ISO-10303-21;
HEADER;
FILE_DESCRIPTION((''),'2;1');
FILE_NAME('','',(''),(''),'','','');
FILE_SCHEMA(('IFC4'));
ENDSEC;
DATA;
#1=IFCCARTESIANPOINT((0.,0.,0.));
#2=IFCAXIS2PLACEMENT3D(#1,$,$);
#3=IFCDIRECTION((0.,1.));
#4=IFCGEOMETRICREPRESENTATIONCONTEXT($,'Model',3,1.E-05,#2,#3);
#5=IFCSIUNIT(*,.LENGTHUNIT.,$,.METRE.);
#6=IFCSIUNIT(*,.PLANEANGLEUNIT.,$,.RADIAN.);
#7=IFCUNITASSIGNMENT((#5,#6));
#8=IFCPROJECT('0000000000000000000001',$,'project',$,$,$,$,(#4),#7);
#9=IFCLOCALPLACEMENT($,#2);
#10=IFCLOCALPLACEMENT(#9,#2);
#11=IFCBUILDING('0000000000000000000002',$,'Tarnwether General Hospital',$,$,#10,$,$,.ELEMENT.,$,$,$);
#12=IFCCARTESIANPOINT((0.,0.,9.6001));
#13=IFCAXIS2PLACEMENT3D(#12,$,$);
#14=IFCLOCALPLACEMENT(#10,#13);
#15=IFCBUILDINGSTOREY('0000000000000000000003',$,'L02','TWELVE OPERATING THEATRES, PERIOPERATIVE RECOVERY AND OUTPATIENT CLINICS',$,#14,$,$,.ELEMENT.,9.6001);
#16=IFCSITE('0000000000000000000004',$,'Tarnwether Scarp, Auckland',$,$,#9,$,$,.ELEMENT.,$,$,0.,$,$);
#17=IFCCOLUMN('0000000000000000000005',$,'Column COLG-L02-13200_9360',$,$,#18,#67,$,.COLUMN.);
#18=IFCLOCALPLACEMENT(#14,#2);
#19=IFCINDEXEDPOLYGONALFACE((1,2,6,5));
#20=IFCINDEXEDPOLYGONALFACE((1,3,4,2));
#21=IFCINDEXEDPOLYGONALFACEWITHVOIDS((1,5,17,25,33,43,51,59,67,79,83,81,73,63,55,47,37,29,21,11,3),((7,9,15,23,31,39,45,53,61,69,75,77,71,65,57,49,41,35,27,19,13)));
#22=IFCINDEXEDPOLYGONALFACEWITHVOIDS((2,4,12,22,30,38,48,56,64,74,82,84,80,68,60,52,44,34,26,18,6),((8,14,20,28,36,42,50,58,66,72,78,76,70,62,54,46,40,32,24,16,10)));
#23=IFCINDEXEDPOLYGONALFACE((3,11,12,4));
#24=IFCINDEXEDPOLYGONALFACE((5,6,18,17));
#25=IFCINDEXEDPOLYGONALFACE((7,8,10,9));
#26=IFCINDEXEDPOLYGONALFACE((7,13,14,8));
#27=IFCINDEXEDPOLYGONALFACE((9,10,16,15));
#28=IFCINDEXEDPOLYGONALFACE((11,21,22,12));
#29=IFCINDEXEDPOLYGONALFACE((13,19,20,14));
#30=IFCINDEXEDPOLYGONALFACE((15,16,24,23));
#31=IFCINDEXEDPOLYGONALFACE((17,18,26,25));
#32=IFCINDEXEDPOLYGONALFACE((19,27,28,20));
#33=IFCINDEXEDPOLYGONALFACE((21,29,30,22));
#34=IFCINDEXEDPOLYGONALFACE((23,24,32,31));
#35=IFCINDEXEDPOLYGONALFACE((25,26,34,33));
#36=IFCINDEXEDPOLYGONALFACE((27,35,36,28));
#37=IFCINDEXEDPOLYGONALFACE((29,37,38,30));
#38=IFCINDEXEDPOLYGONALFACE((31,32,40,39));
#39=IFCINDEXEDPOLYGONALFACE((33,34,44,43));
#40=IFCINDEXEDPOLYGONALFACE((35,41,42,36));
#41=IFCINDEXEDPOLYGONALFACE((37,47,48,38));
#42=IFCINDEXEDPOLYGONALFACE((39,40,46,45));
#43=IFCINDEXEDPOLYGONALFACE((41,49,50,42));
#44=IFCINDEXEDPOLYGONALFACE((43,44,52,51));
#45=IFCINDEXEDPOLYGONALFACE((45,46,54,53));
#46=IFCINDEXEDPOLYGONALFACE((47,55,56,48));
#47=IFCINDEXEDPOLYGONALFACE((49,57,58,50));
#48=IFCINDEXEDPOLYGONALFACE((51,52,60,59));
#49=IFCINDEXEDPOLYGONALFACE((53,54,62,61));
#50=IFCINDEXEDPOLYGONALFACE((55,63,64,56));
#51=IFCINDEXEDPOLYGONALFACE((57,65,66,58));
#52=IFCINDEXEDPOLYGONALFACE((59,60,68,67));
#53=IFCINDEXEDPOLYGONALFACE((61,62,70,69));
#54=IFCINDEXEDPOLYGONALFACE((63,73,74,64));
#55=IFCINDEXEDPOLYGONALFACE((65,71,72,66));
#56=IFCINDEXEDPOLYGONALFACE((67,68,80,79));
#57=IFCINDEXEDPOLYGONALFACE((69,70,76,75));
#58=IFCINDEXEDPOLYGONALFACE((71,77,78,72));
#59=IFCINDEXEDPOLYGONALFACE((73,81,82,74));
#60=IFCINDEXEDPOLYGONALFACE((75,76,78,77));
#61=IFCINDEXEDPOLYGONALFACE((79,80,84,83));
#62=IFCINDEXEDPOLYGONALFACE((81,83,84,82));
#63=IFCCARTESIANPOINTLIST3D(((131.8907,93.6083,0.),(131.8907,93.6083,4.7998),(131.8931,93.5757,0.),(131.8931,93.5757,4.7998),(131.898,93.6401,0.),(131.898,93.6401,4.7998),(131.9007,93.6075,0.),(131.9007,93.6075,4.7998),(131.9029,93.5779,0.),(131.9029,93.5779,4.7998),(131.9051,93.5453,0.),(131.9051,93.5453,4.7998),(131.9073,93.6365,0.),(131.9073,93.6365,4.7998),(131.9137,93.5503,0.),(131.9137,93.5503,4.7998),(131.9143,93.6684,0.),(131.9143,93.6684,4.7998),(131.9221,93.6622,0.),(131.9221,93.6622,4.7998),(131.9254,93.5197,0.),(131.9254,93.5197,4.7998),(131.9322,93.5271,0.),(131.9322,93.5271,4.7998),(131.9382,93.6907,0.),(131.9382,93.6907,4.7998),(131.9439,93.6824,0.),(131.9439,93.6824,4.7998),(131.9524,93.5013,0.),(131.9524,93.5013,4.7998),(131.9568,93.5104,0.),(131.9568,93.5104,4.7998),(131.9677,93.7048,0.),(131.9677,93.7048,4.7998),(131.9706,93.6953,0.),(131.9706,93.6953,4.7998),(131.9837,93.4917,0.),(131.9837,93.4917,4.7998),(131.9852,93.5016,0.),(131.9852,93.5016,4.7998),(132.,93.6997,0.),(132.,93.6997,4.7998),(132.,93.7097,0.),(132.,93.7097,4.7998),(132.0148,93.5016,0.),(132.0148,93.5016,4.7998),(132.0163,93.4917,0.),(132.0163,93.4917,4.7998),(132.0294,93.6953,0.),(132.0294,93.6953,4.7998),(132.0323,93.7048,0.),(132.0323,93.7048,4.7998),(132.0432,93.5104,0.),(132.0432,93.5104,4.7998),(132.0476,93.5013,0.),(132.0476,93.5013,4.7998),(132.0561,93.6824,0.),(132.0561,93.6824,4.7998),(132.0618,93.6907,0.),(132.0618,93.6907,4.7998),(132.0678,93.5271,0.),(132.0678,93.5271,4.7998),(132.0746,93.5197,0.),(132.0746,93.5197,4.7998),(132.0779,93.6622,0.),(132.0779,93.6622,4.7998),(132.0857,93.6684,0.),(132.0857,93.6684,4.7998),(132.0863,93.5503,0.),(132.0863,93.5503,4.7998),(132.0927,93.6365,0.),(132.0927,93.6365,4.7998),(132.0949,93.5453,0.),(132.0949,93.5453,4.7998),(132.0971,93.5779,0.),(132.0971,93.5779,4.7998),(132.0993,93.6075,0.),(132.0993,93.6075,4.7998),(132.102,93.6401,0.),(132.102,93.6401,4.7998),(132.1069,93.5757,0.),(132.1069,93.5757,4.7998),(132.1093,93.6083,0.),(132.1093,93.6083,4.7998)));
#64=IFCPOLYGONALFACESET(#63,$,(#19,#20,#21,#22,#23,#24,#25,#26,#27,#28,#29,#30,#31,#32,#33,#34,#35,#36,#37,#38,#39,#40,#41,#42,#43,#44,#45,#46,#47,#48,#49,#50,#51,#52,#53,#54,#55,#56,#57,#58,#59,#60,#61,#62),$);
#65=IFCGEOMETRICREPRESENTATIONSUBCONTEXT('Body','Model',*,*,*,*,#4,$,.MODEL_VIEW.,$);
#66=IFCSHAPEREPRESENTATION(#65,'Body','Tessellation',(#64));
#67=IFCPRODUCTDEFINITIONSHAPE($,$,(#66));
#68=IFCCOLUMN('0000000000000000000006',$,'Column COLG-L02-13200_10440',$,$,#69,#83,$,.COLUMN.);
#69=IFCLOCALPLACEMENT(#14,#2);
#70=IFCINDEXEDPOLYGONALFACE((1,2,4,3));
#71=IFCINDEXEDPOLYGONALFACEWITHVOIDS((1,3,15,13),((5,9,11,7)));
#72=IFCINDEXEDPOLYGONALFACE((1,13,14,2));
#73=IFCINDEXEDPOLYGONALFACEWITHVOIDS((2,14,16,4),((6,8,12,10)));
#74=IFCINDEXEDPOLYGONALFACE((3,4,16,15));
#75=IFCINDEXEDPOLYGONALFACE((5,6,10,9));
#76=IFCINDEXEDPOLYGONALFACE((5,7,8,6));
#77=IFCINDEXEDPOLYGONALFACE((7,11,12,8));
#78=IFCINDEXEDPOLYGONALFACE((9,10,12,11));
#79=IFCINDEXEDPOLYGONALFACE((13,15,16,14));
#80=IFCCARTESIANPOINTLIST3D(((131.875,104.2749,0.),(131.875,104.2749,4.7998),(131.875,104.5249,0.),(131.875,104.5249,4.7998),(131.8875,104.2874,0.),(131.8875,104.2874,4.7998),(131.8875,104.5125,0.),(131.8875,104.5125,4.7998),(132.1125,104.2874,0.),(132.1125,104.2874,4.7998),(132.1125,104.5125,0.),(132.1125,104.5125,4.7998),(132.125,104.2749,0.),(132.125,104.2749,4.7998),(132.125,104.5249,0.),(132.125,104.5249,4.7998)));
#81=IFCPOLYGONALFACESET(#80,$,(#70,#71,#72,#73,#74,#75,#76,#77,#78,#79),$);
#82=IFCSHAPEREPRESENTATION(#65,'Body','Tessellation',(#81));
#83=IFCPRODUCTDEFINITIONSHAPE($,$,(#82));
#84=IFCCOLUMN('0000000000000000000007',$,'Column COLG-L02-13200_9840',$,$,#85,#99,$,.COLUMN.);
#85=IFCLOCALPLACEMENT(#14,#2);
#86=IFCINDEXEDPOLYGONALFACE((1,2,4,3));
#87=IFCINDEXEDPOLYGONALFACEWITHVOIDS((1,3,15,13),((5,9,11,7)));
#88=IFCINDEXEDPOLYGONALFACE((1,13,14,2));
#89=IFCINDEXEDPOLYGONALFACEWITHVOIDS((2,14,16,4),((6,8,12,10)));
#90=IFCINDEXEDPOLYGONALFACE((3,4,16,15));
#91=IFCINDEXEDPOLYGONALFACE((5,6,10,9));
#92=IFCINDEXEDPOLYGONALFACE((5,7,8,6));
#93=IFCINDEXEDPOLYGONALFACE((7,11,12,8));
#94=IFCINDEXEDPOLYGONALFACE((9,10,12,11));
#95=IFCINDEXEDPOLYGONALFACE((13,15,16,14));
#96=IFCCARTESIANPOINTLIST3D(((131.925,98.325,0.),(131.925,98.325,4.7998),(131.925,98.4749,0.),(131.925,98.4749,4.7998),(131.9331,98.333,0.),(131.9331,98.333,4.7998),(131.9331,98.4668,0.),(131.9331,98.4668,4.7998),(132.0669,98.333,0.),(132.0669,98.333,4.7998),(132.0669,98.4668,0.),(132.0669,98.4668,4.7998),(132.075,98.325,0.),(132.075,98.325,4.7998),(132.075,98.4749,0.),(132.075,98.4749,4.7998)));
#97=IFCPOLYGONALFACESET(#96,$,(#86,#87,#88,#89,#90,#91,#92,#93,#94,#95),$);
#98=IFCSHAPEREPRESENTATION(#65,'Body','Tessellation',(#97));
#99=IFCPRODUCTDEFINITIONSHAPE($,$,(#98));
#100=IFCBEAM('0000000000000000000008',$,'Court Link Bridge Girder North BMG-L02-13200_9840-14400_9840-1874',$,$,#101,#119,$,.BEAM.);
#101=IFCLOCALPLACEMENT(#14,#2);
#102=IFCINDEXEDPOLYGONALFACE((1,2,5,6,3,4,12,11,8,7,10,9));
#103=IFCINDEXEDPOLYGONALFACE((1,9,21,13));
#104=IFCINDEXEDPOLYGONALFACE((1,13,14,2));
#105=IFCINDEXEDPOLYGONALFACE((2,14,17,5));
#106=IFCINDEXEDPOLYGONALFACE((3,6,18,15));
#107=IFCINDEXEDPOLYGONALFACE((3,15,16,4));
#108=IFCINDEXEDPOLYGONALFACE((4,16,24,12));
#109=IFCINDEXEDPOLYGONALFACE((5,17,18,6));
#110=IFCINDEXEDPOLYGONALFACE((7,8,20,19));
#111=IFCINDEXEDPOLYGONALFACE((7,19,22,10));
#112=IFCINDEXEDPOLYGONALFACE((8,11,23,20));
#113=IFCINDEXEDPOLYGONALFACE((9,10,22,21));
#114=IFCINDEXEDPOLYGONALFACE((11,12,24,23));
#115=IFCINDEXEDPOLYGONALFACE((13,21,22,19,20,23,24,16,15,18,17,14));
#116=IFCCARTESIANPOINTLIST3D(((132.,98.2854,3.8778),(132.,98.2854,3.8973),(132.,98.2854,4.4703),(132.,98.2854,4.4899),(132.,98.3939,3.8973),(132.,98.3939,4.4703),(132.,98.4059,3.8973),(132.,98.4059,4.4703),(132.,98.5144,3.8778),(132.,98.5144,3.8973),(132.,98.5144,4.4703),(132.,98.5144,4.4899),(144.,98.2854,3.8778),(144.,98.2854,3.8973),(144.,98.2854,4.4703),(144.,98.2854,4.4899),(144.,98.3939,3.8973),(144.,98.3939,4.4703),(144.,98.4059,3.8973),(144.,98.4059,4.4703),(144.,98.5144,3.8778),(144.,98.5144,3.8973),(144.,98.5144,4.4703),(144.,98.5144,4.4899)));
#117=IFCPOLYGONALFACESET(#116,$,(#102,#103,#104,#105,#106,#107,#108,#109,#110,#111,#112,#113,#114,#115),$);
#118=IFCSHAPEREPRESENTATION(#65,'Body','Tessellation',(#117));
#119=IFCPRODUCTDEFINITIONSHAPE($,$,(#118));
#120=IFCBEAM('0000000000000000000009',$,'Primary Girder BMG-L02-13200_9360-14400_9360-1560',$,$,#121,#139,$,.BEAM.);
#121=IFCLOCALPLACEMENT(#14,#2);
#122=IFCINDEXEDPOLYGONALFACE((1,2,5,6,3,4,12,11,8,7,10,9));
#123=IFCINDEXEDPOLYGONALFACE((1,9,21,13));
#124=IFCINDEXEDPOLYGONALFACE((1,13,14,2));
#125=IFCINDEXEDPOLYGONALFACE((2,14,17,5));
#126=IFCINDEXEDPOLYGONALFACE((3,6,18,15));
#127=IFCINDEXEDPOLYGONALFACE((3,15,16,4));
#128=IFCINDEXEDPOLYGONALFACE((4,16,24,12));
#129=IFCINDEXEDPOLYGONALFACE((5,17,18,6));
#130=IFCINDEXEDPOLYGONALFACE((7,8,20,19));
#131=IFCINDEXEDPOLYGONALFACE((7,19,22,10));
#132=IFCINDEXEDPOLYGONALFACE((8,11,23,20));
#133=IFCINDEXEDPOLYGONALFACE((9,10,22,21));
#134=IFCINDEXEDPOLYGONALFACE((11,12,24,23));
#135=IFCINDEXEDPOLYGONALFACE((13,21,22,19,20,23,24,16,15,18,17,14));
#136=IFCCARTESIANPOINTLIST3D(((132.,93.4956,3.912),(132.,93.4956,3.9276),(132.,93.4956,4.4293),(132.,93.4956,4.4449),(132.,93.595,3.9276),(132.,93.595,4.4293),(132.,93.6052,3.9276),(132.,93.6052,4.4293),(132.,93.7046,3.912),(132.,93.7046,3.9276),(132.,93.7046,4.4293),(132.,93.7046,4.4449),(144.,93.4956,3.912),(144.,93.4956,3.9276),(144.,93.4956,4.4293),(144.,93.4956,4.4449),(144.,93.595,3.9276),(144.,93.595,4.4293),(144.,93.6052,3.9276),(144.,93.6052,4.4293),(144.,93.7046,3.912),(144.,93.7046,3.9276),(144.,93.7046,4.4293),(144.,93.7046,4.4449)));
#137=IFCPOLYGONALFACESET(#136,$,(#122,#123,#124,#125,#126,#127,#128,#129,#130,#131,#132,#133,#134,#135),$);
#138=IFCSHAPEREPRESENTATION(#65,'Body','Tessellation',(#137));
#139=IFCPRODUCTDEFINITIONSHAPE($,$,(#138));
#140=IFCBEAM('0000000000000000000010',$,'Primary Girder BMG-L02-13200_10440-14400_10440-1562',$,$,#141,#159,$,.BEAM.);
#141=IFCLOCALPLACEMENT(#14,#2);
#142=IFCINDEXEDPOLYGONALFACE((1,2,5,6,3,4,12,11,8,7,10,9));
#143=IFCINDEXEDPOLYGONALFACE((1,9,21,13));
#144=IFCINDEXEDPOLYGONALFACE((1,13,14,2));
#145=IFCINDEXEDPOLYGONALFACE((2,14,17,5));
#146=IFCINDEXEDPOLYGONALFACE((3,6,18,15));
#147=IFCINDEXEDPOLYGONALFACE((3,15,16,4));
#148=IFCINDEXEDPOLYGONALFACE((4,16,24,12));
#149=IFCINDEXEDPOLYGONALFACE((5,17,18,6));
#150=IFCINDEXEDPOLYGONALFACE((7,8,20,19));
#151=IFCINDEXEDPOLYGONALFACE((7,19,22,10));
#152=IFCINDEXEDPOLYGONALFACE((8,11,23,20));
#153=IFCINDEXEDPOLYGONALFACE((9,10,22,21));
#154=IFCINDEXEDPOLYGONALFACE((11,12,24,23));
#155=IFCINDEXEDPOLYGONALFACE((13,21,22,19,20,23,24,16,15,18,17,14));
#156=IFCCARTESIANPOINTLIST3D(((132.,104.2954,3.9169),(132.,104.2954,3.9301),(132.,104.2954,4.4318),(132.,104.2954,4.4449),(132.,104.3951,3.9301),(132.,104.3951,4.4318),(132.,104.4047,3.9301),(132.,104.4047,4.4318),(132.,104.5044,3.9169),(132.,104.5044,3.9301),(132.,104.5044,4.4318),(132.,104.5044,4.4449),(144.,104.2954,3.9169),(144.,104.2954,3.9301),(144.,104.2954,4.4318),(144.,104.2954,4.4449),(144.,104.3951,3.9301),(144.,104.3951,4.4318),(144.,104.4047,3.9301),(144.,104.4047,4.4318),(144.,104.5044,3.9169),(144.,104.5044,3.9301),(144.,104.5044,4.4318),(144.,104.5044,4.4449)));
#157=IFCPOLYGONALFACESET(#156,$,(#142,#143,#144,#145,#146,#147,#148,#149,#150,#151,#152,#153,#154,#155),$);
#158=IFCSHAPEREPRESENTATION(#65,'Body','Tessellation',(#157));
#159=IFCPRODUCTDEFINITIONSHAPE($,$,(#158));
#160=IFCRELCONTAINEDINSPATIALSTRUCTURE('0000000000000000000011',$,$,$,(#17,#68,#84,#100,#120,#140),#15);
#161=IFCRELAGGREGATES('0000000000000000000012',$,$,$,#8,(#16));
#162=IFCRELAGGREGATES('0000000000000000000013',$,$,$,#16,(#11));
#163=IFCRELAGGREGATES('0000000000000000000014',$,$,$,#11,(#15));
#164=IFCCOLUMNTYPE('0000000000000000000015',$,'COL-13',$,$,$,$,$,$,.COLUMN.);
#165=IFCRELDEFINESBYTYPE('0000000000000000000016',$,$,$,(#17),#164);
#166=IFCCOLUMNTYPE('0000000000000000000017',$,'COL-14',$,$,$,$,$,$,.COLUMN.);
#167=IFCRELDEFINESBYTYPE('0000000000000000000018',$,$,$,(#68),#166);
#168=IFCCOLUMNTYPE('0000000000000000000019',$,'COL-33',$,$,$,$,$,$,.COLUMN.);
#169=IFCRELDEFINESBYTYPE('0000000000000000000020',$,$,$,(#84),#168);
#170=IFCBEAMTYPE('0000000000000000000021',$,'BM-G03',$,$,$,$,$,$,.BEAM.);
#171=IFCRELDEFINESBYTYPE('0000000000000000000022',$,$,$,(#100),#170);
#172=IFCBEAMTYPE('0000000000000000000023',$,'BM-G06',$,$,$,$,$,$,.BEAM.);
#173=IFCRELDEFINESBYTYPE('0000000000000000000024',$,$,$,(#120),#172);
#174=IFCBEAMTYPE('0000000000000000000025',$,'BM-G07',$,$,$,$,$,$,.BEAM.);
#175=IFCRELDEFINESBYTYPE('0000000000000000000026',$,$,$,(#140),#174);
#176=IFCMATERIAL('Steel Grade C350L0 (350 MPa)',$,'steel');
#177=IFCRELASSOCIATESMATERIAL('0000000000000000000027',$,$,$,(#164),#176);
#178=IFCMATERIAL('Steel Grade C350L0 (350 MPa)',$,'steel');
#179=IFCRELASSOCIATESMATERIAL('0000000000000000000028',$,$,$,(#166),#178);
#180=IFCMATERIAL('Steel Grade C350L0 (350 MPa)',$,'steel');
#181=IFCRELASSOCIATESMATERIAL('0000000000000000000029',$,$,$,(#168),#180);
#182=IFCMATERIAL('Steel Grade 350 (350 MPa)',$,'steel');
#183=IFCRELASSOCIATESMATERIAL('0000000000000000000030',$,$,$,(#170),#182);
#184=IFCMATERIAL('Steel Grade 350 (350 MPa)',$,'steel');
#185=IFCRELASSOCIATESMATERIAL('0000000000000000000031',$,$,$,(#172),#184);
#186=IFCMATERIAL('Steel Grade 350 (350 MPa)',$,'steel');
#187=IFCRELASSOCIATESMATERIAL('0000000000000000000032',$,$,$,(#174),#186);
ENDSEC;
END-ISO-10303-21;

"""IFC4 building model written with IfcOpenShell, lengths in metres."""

from ifc_helpers import new_model, si_unit, direction, frame, origin, origin_2d, place, context, subcontext, project, spatial, hollow_rectangle, hollow_circle, i_section, extrude, material, material_profile, profile_set, type_object, element, save


model = new_model("IFC4")

# Units and contexts
model_context = context("Model", 3, precision=1e-05, world=origin(), true_north=direction((0.0, 1.0)))
body_context = subcontext(model_context, "Body", "Model", "MODEL_VIEW")
ifc_project = project(units=[si_unit("LENGTHUNIT", "METRE"), si_unit("PLANEANGLEUNIT", "RADIAN")], contexts=[model_context])

# Site, building, storey
site_placement = place(None, origin())
site = spatial("IfcSite", under=ifc_project, at=site_placement, Name="Tarnwether Scarp, Auckland", CompositionType="ELEMENT", RefElevation=0.0)
building_placement = place(site_placement, origin())
building = spatial("IfcBuilding", under=site, at=building_placement, Name="Tarnwether General Hospital", CompositionType="ELEMENT")
storey_placement = place(building_placement, frame((0.0, 0.0, 9.6001)))
storey = spatial("IfcBuildingStorey", under=building, at=storey_placement, Name="L02", Description="TWELVE OPERATING THEATRES, PERIOPERATIVE RECOVERY AND OUTPATIENT CLINICS", CompositionType="ELEMENT", Elevation=9.6001)

# Columns
ifc_material_1 = material(Name="Steel Grade C350L0 (350 MPa)", Category="steel")
ifc_material_profile_1 = material_profile(ifc_material_1, hollow_circle(Radius=0.1096, WallThickness=0.01, at=origin_2d()), Name="CHS219.1x10.0")
ifc_profile_set_1 = profile_set([ifc_material_profile_1], Name="Steel Grade C350L0 (350 MPa)")
column_type_1 = type_object("IfcColumnType", Name="COL-13", PredefinedType="COLUMN", material=ifc_profile_set_1)
column_1_placement = place(storey_placement, frame((132.0, 93.6001, 0.0), z_axis=(0.0, 0.0, 1.0), x_axis=(0.0, 1.0, 0.0)))
element("IfcColumn", 1, at=column_1_placement, inside=storey, type_object=column_type_1, Name="Column COLG-L02-13200_9360", PredefinedType="COLUMN", context=body_context, shape_type="SweptSolid", body=[
    extrude(hollow_circle(Radius=0.1096, WallThickness=0.01, at=origin_2d()), origin(), (0.0, 0.0, 1.0), 4.7998),
])
ifc_material_2 = material(Name="Steel Grade C350L0 (350 MPa)", Category="steel")
ifc_material_profile_2 = material_profile(ifc_material_2, hollow_rectangle(XDim=0.25, YDim=0.25, WallThickness=0.0125, at=origin_2d()), Name="SHS250x250x12.5")
ifc_profile_set_2 = profile_set([ifc_material_profile_2], Name="Steel Grade C350L0 (350 MPa)")
column_type_2 = type_object("IfcColumnType", Name="COL-14", PredefinedType="COLUMN", material=ifc_profile_set_2)
column_2_placement = place(storey_placement, frame((132.0, 104.3999, 0.0), z_axis=(0.0, 0.0, 1.0), x_axis=(0.0, 1.0, 0.0)))
element("IfcColumn", 2, at=column_2_placement, inside=storey, type_object=column_type_2, Name="Column COLG-L02-13200_10440", PredefinedType="COLUMN", context=body_context, shape_type="SweptSolid", body=[
    extrude(hollow_rectangle(XDim=0.25, YDim=0.25, WallThickness=0.0125, at=origin_2d()), origin(), (0.0, 0.0, 1.0), 4.7998),
])
ifc_material_3 = material(Name="Steel Grade C350L0 (350 MPa)", Category="steel")
ifc_material_profile_3 = material_profile(ifc_material_3, hollow_rectangle(XDim=0.1499, YDim=0.1499, WallThickness=0.0081, at=origin_2d()), Name="SHS150x150x8")
ifc_profile_set_3 = profile_set([ifc_material_profile_3], Name="Steel Grade C350L0 (350 MPa)")
column_type_3 = type_object("IfcColumnType", Name="COL-33", PredefinedType="COLUMN", material=ifc_profile_set_3)
column_3_placement = place(storey_placement, frame((132.0, 98.3999, 0.0), z_axis=(0.0, 0.0, 1.0), x_axis=(1.0, 0.0, 0.0)))
element("IfcColumn", 3, at=column_3_placement, inside=storey, type_object=column_type_3, Name="Column COLG-L02-13200_9840", PredefinedType="COLUMN", context=body_context, shape_type="SweptSolid", body=[
    extrude(hollow_rectangle(XDim=0.1499, YDim=0.1499, WallThickness=0.0081, at=origin_2d()), origin(), (0.0, 0.0, 1.0), 4.7998),
])

# Beams
ifc_material_4 = material(Name="Steel Grade 350 (350 MPa)", Category="steel")
ifc_material_profile_4 = material_profile(ifc_material_4, i_section(OverallWidth=0.229, OverallDepth=0.6121, WebThickness=0.012, FlangeThickness=0.0195, at=origin_2d()), Name="610UB125")
ifc_profile_set_4 = profile_set([ifc_material_profile_4], Name="Steel Grade 350 (350 MPa)")
beam_type_1 = type_object("IfcBeamType", Name="BM-G03", PredefinedType="BEAM", material=ifc_profile_set_4)
beam_1_placement = place(storey_placement, frame((132.0, 98.3999, 4.1838), z_axis=(1.0, 0.0, 0.0), x_axis=(0.0, 1.0, 0.0)))
element("IfcBeam", 4, at=beam_1_placement, inside=storey, type_object=beam_type_1, Name="Court Link Bridge Girder North BMG-L02-13200_9840-14400_9840-1874", PredefinedType="BEAM", context=body_context, shape_type="SweptSolid", body=[
    extrude(i_section(OverallWidth=0.229, OverallDepth=0.6121, WebThickness=0.012, FlangeThickness=0.0195, at=origin_2d()), origin(), (0.0, 0.0, 1.0), 12.0),
])
ifc_material_5 = material(Name="Steel Grade 350 (350 MPa)", Category="steel")
ifc_material_profile_5 = material_profile(ifc_material_5, i_section(OverallWidth=0.209, OverallDepth=0.533, WebThickness=0.0103, FlangeThickness=0.0156, at=origin_2d()), Name="530UB92.4")
ifc_profile_set_5 = profile_set([ifc_material_profile_5], Name="Steel Grade 350 (350 MPa)")
beam_type_2 = type_object("IfcBeamType", Name="BM-G06", PredefinedType="BEAM", material=ifc_profile_set_5)
beam_2_placement = place(storey_placement, frame((132.0, 93.6001, 4.1785), z_axis=(1.0, 0.0, 0.0), x_axis=(0.0, 1.0, 0.0)))
element("IfcBeam", 5, at=beam_2_placement, inside=storey, type_object=beam_type_2, Name="Primary Girder BMG-L02-13200_9360-14400_9360-1560", PredefinedType="BEAM", context=body_context, shape_type="SweptSolid", body=[
    extrude(i_section(OverallWidth=0.209, OverallDepth=0.533, WebThickness=0.0103, FlangeThickness=0.0156, at=origin_2d()), origin(), (0.0, 0.0, 1.0), 12.0),
])
ifc_material_6 = material(Name="Steel Grade 350 (350 MPa)", Category="steel")
ifc_material_profile_6 = material_profile(ifc_material_6, i_section(OverallWidth=0.209, OverallDepth=0.5281, WebThickness=0.0095, FlangeThickness=0.0132, at=origin_2d()), Name="530UB82.0")
ifc_profile_set_6 = profile_set([ifc_material_profile_6], Name="Steel Grade 350 (350 MPa)")
beam_type_3 = type_object("IfcBeamType", Name="BM-G07", PredefinedType="BEAM", material=ifc_profile_set_6)
beam_3_placement = place(storey_placement, frame((132.0, 104.3999, 4.1809), z_axis=(1.0, 0.0, 0.0), x_axis=(0.0, 1.0, 0.0)))
element("IfcBeam", 6, at=beam_3_placement, inside=storey, type_object=beam_type_3, Name="Primary Girder BMG-L02-13200_10440-14400_10440-1562", PredefinedType="BEAM", context=body_context, shape_type="SweptSolid", body=[
    extrude(i_section(OverallWidth=0.209, OverallDepth=0.5281, WebThickness=0.0095, FlangeThickness=0.0132, at=origin_2d()), origin(), (0.0, 0.0, 1.0), 12.0),
])

save(model, "model.ifc")
